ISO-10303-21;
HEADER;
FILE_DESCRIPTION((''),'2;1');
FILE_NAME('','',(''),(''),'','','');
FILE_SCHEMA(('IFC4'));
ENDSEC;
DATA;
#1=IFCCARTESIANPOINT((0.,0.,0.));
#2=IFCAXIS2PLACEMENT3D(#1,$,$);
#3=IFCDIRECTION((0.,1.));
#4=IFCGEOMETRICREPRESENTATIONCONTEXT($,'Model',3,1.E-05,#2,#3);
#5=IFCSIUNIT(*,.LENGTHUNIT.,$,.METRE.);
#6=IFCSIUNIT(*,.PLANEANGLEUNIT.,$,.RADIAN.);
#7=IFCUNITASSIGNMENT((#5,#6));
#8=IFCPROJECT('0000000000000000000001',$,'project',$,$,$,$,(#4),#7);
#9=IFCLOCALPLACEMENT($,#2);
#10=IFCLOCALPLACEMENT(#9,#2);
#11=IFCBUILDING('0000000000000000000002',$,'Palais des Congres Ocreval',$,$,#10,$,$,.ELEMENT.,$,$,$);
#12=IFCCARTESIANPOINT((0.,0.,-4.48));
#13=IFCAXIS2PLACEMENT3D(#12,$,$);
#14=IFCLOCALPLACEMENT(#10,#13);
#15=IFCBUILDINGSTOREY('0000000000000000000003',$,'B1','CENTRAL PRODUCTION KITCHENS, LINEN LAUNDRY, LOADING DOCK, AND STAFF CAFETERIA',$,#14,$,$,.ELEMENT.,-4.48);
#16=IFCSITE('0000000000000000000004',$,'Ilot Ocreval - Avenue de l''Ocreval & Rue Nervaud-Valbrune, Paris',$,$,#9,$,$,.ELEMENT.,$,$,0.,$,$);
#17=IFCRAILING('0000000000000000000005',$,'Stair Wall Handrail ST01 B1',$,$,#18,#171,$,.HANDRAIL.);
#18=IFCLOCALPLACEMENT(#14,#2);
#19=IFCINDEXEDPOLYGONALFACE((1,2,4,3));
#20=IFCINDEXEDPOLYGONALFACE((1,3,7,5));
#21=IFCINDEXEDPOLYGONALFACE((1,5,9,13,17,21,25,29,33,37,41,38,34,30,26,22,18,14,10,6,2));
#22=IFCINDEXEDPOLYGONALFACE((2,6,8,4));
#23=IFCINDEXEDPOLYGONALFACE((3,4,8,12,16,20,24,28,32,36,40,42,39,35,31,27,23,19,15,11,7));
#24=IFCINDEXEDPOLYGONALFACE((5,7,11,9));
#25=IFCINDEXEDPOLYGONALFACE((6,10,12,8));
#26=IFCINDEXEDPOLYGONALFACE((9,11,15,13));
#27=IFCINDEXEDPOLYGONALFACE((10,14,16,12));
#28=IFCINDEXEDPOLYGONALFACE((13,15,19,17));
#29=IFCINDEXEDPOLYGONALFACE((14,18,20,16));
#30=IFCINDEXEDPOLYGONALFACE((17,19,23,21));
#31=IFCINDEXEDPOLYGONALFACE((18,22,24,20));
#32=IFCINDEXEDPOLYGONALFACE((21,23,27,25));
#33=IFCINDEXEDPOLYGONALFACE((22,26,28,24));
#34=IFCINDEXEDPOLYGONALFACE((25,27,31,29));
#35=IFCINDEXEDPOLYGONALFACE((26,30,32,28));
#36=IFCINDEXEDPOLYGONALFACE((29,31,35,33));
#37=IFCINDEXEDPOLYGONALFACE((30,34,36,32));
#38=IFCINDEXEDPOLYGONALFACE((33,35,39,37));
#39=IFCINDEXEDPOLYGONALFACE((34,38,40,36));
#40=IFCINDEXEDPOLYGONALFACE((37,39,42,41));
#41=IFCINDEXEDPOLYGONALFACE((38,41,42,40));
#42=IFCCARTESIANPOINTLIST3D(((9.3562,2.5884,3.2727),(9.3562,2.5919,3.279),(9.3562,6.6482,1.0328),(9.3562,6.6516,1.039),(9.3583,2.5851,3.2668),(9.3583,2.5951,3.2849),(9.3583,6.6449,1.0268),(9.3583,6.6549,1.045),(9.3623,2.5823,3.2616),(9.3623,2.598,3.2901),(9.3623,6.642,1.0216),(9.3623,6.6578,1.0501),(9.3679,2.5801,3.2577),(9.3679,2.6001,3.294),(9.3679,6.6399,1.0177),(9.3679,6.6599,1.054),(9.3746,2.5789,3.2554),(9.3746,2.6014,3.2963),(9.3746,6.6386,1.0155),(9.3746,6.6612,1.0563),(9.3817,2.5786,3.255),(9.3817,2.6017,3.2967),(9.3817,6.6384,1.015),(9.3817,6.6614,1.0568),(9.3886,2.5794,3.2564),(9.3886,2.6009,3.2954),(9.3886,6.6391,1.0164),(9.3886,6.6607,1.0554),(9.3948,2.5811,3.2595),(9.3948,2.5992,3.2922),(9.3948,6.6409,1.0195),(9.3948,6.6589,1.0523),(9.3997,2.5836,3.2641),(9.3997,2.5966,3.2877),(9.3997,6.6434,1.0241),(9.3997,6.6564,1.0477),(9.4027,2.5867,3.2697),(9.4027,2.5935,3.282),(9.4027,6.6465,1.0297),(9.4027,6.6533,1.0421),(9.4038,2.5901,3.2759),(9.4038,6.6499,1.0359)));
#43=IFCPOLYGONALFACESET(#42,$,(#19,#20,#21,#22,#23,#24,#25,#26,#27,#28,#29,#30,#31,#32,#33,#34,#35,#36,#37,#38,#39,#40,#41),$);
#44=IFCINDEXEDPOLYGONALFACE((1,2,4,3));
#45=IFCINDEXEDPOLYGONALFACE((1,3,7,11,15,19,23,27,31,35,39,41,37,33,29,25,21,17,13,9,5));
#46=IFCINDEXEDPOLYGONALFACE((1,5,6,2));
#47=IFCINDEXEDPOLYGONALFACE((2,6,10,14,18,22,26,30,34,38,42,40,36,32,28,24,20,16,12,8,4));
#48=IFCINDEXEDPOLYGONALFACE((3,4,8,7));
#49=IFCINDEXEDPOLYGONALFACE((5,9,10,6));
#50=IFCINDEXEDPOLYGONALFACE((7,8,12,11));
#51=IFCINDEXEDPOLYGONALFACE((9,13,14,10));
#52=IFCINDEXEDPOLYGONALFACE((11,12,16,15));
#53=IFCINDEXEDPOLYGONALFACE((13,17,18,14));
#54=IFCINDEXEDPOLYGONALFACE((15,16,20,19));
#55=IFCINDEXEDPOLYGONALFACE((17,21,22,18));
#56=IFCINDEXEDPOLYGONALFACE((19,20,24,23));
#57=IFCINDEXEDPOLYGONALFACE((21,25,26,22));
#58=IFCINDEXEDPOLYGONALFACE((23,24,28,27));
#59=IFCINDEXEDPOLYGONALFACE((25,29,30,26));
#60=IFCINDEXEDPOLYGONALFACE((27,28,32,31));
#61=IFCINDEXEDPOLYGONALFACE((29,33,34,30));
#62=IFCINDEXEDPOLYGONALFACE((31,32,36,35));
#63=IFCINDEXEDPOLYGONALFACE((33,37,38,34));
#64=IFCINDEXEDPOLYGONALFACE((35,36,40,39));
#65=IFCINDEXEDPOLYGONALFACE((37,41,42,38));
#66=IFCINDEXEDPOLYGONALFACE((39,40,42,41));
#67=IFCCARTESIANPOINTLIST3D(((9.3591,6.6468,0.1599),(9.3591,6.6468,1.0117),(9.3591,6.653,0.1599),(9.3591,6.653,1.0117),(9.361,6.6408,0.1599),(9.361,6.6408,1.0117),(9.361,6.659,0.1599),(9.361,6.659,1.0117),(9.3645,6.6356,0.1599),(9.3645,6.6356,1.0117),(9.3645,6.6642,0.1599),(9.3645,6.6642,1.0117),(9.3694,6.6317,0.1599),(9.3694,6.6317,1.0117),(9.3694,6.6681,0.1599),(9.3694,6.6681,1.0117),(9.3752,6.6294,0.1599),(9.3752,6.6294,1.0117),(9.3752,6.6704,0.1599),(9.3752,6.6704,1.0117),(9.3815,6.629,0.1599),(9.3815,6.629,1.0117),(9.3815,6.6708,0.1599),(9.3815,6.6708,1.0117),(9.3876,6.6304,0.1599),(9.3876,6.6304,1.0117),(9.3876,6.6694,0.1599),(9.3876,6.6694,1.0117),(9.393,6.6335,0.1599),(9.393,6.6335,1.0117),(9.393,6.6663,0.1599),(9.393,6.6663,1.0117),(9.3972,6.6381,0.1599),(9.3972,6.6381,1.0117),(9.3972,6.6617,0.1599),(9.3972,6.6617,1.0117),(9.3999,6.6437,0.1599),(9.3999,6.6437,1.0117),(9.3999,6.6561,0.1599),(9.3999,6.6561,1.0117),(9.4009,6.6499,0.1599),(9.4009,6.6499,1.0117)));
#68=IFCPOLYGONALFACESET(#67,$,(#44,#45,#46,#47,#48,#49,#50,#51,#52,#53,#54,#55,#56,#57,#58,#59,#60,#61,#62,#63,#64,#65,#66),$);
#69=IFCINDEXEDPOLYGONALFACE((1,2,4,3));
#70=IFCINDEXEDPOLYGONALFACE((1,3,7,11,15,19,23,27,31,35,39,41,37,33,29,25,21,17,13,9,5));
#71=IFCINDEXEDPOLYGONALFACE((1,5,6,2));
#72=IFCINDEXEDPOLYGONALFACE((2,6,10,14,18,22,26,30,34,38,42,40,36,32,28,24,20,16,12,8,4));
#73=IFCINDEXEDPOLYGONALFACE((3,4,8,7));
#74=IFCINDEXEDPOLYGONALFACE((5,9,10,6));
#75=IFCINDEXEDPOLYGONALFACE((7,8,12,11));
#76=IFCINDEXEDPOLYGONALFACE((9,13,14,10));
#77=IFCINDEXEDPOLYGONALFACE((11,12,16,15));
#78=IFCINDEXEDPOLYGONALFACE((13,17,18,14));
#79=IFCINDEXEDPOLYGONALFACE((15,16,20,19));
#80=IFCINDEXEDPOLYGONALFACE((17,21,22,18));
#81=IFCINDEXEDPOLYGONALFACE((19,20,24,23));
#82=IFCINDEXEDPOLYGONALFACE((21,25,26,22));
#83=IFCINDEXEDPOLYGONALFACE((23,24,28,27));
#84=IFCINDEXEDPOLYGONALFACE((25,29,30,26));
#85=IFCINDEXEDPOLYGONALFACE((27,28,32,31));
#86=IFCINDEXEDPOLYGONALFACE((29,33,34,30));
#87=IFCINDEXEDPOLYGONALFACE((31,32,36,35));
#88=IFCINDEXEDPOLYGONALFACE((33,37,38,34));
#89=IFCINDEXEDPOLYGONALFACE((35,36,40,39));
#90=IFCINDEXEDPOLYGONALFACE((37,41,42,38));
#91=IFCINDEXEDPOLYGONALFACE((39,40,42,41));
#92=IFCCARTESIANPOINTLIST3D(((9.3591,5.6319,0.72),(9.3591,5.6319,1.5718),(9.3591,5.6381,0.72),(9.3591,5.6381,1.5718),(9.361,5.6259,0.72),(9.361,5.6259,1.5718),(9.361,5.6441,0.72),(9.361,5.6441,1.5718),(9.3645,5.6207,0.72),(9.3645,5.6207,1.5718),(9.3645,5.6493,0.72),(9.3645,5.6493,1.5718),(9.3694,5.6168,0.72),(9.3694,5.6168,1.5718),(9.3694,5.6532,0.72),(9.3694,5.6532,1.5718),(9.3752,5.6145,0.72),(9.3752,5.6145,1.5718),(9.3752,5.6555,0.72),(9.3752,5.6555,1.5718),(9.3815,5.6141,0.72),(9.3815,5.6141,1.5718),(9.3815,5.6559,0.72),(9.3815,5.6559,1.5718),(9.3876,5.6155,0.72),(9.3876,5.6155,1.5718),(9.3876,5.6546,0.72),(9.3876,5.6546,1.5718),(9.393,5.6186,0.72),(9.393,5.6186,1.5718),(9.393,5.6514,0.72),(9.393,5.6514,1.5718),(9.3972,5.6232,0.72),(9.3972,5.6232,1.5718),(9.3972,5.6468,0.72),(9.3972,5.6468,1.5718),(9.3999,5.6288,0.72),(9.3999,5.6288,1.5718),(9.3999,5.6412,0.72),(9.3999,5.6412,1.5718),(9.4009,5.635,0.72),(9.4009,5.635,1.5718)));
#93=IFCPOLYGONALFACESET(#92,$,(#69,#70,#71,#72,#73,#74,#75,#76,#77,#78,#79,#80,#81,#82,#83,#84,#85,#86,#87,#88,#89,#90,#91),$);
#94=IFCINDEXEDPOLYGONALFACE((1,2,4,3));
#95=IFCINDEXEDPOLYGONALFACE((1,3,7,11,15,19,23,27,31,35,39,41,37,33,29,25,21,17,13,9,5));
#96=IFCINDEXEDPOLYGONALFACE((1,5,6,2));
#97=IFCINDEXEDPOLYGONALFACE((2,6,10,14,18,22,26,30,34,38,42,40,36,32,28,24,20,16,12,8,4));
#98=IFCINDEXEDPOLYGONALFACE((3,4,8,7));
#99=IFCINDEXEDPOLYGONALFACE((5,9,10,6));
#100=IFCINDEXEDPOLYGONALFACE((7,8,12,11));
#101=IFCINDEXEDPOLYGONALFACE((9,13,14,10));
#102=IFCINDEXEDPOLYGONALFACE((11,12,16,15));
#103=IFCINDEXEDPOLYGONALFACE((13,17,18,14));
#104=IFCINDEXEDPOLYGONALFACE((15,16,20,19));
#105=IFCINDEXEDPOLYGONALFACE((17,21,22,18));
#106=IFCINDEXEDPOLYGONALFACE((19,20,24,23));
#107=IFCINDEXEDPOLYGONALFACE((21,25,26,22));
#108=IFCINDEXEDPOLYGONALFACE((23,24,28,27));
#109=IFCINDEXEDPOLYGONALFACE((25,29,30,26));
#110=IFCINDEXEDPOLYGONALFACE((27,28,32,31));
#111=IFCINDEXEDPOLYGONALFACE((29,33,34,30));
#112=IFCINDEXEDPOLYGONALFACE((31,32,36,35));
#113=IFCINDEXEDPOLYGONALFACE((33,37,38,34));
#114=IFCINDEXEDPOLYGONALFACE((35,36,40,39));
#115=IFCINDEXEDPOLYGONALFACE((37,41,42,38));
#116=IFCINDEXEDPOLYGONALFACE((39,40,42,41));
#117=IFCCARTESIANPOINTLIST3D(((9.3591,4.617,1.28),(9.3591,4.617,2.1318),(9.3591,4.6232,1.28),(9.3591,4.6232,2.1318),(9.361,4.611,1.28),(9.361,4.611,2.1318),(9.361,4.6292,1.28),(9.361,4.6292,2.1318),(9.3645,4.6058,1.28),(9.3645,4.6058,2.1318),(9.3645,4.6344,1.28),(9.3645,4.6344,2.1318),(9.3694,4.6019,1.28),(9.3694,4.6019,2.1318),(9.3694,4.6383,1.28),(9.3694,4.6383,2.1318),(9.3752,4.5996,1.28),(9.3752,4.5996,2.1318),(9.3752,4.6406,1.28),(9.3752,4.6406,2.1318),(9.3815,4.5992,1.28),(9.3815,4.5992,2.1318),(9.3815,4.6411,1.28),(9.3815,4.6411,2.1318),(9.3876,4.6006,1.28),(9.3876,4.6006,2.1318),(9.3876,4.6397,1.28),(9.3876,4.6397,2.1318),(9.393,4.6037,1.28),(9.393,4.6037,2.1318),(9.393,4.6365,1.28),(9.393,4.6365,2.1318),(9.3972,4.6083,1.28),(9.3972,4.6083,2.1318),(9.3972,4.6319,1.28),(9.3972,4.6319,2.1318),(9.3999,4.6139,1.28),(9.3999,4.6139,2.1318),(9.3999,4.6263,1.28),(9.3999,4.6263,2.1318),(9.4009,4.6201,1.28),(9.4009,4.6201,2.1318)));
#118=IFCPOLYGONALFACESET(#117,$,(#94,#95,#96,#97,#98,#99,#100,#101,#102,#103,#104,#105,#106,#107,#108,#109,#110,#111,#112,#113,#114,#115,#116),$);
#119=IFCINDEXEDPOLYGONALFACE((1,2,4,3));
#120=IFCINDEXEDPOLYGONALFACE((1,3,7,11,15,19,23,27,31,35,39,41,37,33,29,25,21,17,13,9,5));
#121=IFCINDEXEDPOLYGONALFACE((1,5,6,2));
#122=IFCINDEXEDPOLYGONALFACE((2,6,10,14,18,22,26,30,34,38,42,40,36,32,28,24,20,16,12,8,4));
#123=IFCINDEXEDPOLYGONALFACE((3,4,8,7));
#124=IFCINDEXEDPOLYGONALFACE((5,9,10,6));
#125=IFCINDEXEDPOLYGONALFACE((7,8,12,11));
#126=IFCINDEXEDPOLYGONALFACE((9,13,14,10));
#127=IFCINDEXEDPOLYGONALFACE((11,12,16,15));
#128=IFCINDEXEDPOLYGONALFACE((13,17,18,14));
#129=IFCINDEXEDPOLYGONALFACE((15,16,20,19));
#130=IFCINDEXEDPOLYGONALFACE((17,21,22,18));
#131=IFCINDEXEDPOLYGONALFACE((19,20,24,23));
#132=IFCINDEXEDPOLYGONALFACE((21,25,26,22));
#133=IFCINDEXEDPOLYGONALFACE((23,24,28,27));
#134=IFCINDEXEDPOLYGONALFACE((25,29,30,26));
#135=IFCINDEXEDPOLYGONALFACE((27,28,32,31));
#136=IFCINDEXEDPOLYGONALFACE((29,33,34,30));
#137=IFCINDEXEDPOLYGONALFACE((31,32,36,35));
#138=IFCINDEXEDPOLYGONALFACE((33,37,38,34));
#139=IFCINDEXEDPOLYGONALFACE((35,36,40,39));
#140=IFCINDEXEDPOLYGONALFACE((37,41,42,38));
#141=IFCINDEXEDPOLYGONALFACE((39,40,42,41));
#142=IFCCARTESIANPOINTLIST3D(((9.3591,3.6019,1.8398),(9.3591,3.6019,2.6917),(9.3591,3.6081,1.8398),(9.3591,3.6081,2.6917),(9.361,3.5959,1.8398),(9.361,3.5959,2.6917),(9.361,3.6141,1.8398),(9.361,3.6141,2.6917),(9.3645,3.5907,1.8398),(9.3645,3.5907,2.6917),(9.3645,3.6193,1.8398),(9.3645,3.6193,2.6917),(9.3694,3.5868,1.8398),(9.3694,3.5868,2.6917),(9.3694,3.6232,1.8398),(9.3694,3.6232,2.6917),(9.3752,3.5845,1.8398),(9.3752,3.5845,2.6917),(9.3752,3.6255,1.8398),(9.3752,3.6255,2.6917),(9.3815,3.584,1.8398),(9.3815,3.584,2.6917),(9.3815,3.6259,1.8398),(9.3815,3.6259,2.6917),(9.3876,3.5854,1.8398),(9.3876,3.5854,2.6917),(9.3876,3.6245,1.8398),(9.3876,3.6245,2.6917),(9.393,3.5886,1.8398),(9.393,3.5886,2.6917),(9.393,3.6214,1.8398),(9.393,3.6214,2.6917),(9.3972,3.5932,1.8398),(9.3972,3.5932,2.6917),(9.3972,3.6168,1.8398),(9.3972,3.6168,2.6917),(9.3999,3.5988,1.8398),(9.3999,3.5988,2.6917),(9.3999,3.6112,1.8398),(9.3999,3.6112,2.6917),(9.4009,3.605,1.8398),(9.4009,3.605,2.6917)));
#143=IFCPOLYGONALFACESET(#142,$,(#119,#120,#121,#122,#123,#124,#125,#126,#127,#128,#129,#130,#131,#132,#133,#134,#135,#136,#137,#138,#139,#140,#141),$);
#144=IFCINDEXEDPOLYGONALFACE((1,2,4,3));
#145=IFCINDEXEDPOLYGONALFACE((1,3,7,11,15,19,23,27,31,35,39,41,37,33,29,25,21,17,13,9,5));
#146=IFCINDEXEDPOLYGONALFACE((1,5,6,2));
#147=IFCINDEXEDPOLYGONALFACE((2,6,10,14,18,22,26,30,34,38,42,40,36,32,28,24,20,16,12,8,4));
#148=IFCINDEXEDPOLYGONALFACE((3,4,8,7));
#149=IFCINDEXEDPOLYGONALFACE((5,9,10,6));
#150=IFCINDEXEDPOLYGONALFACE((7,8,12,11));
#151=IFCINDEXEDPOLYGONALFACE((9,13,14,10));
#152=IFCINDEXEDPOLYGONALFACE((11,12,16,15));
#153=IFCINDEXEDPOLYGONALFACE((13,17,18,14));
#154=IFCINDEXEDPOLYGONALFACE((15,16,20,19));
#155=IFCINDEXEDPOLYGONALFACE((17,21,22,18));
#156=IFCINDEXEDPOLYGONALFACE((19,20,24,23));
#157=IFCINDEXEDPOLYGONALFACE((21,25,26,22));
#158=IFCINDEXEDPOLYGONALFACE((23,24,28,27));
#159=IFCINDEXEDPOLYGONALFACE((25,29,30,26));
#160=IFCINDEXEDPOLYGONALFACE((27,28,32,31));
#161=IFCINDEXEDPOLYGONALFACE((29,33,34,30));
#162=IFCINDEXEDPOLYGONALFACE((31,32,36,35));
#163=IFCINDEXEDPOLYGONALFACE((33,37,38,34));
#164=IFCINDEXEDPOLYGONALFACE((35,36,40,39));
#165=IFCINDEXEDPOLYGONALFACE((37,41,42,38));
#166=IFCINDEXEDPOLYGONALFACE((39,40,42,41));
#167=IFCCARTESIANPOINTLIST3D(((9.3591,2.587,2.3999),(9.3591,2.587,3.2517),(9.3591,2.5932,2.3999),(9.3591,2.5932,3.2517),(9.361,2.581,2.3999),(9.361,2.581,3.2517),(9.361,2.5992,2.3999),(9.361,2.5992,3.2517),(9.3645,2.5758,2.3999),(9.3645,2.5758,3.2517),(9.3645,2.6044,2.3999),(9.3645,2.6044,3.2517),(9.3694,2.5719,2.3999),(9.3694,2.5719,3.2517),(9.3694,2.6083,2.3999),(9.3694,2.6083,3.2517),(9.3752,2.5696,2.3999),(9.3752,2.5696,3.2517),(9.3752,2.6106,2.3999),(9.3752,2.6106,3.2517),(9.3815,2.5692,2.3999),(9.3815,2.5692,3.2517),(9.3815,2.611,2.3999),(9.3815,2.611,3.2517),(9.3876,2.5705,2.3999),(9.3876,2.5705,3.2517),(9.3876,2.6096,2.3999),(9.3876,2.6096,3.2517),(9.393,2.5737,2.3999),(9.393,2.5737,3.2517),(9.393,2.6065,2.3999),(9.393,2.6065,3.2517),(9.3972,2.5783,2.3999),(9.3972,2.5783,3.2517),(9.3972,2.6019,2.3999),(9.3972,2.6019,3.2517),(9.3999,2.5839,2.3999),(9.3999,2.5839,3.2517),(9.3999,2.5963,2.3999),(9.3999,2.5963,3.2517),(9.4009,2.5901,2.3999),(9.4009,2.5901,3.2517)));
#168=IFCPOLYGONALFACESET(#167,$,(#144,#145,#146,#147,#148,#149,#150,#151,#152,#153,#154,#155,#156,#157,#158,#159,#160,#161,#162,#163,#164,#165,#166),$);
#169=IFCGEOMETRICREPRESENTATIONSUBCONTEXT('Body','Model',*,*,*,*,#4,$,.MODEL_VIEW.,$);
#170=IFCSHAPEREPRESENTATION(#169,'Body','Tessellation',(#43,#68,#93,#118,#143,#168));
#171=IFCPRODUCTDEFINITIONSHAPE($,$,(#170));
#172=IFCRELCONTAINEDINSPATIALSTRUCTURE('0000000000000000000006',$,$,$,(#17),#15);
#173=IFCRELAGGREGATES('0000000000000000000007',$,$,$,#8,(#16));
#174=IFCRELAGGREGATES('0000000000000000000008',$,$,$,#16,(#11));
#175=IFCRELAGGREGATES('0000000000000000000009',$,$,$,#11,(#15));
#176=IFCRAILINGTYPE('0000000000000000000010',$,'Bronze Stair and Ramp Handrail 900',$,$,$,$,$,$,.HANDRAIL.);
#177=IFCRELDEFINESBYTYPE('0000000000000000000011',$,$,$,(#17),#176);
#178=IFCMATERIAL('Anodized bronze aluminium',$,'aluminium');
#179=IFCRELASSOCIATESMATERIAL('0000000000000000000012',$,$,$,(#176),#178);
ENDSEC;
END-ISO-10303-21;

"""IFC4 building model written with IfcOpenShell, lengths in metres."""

from ifc_helpers import new_model, si_unit, direction, frame, origin, origin_2d, place, context, subcontext, project, spatial, circle, extrude, material, type_object, element, save


model = new_model("IFC4")

# Units and contexts
model_context = context("Model", 3, precision=1e-05, world=origin(), true_north=direction((0.0, 1.0)))
body_context = subcontext(model_context, "Body", "Model", "MODEL_VIEW")
ifc_project = project(units=[si_unit("LENGTHUNIT", "METRE"), si_unit("PLANEANGLEUNIT", "RADIAN")], contexts=[model_context])

# Site, building, storey
site_placement = place(None, origin())
site = spatial("IfcSite", under=ifc_project, at=site_placement, Name="Ilot Ocreval - Avenue de l'Ocreval & Rue Nervaud-Valbrune, Paris", CompositionType="ELEMENT", RefElevation=0.0)
building_placement = place(site_placement, origin())
building = spatial("IfcBuilding", under=site, at=building_placement, Name="Palais des Congres Ocreval", CompositionType="ELEMENT")
storey_placement = place(building_placement, frame((0.0, 0.0, -4.48)))
storey = spatial("IfcBuildingStorey", under=building, at=storey_placement, Name="B1", Description="CENTRAL PRODUCTION KITCHENS, LINEN LAUNDRY, LOADING DOCK, AND STAFF CAFETERIA", CompositionType="ELEMENT", Elevation=-4.48)

# Railing
ifc_material_1 = material(Name="Anodized bronze aluminium", Category="aluminium")
railing_type_1 = type_object("IfcRailingType", Name="Bronze Stair and Ramp Handrail 900", PredefinedType="HANDRAIL", material=ifc_material_1)
railing_1_placement = place(storey_placement, frame((9.3799, 6.6499, 0.1599)))
element("IfcRailing", 1, at=railing_1_placement, inside=storey, type_object=railing_type_1, Name="Stair Wall Handrail ST01 B1", PredefinedType="HANDRAIL", context=body_context, shape_type="SweptSolid", body=[
    extrude(circle(Radius=0.0239, at=origin_2d()), frame((0.0, 0.0, 0.876), z_axis=(0.0, -0.875569, 0.483093), x_axis=(1.0, 0.0, 0.0)), (0.0, 0.0, 1.0), 4.6367),
    extrude(circle(Radius=0.021, at=origin_2d()), origin(), (0.0, 0.0, 1.0), 0.8518),
    extrude(circle(Radius=0.021, at=origin_2d()), frame((0.0, -1.0149, 0.5601)), (0.0, 0.0, 1.0), 0.8518),
    extrude(circle(Radius=0.021, at=origin_2d()), frame((0.0, -2.0298, 1.1201)), (0.0, 0.0, 1.0), 0.8518),
    extrude(circle(Radius=0.021, at=origin_2d()), frame((0.0, -3.0449, 1.6799)), (0.0, 0.0, 1.0), 0.8518),
    extrude(circle(Radius=0.021, at=origin_2d()), frame((0.0, -4.0598, 2.24)), (0.0, 0.0, 1.0), 0.8518),
])

save(model, "model.ifc")
